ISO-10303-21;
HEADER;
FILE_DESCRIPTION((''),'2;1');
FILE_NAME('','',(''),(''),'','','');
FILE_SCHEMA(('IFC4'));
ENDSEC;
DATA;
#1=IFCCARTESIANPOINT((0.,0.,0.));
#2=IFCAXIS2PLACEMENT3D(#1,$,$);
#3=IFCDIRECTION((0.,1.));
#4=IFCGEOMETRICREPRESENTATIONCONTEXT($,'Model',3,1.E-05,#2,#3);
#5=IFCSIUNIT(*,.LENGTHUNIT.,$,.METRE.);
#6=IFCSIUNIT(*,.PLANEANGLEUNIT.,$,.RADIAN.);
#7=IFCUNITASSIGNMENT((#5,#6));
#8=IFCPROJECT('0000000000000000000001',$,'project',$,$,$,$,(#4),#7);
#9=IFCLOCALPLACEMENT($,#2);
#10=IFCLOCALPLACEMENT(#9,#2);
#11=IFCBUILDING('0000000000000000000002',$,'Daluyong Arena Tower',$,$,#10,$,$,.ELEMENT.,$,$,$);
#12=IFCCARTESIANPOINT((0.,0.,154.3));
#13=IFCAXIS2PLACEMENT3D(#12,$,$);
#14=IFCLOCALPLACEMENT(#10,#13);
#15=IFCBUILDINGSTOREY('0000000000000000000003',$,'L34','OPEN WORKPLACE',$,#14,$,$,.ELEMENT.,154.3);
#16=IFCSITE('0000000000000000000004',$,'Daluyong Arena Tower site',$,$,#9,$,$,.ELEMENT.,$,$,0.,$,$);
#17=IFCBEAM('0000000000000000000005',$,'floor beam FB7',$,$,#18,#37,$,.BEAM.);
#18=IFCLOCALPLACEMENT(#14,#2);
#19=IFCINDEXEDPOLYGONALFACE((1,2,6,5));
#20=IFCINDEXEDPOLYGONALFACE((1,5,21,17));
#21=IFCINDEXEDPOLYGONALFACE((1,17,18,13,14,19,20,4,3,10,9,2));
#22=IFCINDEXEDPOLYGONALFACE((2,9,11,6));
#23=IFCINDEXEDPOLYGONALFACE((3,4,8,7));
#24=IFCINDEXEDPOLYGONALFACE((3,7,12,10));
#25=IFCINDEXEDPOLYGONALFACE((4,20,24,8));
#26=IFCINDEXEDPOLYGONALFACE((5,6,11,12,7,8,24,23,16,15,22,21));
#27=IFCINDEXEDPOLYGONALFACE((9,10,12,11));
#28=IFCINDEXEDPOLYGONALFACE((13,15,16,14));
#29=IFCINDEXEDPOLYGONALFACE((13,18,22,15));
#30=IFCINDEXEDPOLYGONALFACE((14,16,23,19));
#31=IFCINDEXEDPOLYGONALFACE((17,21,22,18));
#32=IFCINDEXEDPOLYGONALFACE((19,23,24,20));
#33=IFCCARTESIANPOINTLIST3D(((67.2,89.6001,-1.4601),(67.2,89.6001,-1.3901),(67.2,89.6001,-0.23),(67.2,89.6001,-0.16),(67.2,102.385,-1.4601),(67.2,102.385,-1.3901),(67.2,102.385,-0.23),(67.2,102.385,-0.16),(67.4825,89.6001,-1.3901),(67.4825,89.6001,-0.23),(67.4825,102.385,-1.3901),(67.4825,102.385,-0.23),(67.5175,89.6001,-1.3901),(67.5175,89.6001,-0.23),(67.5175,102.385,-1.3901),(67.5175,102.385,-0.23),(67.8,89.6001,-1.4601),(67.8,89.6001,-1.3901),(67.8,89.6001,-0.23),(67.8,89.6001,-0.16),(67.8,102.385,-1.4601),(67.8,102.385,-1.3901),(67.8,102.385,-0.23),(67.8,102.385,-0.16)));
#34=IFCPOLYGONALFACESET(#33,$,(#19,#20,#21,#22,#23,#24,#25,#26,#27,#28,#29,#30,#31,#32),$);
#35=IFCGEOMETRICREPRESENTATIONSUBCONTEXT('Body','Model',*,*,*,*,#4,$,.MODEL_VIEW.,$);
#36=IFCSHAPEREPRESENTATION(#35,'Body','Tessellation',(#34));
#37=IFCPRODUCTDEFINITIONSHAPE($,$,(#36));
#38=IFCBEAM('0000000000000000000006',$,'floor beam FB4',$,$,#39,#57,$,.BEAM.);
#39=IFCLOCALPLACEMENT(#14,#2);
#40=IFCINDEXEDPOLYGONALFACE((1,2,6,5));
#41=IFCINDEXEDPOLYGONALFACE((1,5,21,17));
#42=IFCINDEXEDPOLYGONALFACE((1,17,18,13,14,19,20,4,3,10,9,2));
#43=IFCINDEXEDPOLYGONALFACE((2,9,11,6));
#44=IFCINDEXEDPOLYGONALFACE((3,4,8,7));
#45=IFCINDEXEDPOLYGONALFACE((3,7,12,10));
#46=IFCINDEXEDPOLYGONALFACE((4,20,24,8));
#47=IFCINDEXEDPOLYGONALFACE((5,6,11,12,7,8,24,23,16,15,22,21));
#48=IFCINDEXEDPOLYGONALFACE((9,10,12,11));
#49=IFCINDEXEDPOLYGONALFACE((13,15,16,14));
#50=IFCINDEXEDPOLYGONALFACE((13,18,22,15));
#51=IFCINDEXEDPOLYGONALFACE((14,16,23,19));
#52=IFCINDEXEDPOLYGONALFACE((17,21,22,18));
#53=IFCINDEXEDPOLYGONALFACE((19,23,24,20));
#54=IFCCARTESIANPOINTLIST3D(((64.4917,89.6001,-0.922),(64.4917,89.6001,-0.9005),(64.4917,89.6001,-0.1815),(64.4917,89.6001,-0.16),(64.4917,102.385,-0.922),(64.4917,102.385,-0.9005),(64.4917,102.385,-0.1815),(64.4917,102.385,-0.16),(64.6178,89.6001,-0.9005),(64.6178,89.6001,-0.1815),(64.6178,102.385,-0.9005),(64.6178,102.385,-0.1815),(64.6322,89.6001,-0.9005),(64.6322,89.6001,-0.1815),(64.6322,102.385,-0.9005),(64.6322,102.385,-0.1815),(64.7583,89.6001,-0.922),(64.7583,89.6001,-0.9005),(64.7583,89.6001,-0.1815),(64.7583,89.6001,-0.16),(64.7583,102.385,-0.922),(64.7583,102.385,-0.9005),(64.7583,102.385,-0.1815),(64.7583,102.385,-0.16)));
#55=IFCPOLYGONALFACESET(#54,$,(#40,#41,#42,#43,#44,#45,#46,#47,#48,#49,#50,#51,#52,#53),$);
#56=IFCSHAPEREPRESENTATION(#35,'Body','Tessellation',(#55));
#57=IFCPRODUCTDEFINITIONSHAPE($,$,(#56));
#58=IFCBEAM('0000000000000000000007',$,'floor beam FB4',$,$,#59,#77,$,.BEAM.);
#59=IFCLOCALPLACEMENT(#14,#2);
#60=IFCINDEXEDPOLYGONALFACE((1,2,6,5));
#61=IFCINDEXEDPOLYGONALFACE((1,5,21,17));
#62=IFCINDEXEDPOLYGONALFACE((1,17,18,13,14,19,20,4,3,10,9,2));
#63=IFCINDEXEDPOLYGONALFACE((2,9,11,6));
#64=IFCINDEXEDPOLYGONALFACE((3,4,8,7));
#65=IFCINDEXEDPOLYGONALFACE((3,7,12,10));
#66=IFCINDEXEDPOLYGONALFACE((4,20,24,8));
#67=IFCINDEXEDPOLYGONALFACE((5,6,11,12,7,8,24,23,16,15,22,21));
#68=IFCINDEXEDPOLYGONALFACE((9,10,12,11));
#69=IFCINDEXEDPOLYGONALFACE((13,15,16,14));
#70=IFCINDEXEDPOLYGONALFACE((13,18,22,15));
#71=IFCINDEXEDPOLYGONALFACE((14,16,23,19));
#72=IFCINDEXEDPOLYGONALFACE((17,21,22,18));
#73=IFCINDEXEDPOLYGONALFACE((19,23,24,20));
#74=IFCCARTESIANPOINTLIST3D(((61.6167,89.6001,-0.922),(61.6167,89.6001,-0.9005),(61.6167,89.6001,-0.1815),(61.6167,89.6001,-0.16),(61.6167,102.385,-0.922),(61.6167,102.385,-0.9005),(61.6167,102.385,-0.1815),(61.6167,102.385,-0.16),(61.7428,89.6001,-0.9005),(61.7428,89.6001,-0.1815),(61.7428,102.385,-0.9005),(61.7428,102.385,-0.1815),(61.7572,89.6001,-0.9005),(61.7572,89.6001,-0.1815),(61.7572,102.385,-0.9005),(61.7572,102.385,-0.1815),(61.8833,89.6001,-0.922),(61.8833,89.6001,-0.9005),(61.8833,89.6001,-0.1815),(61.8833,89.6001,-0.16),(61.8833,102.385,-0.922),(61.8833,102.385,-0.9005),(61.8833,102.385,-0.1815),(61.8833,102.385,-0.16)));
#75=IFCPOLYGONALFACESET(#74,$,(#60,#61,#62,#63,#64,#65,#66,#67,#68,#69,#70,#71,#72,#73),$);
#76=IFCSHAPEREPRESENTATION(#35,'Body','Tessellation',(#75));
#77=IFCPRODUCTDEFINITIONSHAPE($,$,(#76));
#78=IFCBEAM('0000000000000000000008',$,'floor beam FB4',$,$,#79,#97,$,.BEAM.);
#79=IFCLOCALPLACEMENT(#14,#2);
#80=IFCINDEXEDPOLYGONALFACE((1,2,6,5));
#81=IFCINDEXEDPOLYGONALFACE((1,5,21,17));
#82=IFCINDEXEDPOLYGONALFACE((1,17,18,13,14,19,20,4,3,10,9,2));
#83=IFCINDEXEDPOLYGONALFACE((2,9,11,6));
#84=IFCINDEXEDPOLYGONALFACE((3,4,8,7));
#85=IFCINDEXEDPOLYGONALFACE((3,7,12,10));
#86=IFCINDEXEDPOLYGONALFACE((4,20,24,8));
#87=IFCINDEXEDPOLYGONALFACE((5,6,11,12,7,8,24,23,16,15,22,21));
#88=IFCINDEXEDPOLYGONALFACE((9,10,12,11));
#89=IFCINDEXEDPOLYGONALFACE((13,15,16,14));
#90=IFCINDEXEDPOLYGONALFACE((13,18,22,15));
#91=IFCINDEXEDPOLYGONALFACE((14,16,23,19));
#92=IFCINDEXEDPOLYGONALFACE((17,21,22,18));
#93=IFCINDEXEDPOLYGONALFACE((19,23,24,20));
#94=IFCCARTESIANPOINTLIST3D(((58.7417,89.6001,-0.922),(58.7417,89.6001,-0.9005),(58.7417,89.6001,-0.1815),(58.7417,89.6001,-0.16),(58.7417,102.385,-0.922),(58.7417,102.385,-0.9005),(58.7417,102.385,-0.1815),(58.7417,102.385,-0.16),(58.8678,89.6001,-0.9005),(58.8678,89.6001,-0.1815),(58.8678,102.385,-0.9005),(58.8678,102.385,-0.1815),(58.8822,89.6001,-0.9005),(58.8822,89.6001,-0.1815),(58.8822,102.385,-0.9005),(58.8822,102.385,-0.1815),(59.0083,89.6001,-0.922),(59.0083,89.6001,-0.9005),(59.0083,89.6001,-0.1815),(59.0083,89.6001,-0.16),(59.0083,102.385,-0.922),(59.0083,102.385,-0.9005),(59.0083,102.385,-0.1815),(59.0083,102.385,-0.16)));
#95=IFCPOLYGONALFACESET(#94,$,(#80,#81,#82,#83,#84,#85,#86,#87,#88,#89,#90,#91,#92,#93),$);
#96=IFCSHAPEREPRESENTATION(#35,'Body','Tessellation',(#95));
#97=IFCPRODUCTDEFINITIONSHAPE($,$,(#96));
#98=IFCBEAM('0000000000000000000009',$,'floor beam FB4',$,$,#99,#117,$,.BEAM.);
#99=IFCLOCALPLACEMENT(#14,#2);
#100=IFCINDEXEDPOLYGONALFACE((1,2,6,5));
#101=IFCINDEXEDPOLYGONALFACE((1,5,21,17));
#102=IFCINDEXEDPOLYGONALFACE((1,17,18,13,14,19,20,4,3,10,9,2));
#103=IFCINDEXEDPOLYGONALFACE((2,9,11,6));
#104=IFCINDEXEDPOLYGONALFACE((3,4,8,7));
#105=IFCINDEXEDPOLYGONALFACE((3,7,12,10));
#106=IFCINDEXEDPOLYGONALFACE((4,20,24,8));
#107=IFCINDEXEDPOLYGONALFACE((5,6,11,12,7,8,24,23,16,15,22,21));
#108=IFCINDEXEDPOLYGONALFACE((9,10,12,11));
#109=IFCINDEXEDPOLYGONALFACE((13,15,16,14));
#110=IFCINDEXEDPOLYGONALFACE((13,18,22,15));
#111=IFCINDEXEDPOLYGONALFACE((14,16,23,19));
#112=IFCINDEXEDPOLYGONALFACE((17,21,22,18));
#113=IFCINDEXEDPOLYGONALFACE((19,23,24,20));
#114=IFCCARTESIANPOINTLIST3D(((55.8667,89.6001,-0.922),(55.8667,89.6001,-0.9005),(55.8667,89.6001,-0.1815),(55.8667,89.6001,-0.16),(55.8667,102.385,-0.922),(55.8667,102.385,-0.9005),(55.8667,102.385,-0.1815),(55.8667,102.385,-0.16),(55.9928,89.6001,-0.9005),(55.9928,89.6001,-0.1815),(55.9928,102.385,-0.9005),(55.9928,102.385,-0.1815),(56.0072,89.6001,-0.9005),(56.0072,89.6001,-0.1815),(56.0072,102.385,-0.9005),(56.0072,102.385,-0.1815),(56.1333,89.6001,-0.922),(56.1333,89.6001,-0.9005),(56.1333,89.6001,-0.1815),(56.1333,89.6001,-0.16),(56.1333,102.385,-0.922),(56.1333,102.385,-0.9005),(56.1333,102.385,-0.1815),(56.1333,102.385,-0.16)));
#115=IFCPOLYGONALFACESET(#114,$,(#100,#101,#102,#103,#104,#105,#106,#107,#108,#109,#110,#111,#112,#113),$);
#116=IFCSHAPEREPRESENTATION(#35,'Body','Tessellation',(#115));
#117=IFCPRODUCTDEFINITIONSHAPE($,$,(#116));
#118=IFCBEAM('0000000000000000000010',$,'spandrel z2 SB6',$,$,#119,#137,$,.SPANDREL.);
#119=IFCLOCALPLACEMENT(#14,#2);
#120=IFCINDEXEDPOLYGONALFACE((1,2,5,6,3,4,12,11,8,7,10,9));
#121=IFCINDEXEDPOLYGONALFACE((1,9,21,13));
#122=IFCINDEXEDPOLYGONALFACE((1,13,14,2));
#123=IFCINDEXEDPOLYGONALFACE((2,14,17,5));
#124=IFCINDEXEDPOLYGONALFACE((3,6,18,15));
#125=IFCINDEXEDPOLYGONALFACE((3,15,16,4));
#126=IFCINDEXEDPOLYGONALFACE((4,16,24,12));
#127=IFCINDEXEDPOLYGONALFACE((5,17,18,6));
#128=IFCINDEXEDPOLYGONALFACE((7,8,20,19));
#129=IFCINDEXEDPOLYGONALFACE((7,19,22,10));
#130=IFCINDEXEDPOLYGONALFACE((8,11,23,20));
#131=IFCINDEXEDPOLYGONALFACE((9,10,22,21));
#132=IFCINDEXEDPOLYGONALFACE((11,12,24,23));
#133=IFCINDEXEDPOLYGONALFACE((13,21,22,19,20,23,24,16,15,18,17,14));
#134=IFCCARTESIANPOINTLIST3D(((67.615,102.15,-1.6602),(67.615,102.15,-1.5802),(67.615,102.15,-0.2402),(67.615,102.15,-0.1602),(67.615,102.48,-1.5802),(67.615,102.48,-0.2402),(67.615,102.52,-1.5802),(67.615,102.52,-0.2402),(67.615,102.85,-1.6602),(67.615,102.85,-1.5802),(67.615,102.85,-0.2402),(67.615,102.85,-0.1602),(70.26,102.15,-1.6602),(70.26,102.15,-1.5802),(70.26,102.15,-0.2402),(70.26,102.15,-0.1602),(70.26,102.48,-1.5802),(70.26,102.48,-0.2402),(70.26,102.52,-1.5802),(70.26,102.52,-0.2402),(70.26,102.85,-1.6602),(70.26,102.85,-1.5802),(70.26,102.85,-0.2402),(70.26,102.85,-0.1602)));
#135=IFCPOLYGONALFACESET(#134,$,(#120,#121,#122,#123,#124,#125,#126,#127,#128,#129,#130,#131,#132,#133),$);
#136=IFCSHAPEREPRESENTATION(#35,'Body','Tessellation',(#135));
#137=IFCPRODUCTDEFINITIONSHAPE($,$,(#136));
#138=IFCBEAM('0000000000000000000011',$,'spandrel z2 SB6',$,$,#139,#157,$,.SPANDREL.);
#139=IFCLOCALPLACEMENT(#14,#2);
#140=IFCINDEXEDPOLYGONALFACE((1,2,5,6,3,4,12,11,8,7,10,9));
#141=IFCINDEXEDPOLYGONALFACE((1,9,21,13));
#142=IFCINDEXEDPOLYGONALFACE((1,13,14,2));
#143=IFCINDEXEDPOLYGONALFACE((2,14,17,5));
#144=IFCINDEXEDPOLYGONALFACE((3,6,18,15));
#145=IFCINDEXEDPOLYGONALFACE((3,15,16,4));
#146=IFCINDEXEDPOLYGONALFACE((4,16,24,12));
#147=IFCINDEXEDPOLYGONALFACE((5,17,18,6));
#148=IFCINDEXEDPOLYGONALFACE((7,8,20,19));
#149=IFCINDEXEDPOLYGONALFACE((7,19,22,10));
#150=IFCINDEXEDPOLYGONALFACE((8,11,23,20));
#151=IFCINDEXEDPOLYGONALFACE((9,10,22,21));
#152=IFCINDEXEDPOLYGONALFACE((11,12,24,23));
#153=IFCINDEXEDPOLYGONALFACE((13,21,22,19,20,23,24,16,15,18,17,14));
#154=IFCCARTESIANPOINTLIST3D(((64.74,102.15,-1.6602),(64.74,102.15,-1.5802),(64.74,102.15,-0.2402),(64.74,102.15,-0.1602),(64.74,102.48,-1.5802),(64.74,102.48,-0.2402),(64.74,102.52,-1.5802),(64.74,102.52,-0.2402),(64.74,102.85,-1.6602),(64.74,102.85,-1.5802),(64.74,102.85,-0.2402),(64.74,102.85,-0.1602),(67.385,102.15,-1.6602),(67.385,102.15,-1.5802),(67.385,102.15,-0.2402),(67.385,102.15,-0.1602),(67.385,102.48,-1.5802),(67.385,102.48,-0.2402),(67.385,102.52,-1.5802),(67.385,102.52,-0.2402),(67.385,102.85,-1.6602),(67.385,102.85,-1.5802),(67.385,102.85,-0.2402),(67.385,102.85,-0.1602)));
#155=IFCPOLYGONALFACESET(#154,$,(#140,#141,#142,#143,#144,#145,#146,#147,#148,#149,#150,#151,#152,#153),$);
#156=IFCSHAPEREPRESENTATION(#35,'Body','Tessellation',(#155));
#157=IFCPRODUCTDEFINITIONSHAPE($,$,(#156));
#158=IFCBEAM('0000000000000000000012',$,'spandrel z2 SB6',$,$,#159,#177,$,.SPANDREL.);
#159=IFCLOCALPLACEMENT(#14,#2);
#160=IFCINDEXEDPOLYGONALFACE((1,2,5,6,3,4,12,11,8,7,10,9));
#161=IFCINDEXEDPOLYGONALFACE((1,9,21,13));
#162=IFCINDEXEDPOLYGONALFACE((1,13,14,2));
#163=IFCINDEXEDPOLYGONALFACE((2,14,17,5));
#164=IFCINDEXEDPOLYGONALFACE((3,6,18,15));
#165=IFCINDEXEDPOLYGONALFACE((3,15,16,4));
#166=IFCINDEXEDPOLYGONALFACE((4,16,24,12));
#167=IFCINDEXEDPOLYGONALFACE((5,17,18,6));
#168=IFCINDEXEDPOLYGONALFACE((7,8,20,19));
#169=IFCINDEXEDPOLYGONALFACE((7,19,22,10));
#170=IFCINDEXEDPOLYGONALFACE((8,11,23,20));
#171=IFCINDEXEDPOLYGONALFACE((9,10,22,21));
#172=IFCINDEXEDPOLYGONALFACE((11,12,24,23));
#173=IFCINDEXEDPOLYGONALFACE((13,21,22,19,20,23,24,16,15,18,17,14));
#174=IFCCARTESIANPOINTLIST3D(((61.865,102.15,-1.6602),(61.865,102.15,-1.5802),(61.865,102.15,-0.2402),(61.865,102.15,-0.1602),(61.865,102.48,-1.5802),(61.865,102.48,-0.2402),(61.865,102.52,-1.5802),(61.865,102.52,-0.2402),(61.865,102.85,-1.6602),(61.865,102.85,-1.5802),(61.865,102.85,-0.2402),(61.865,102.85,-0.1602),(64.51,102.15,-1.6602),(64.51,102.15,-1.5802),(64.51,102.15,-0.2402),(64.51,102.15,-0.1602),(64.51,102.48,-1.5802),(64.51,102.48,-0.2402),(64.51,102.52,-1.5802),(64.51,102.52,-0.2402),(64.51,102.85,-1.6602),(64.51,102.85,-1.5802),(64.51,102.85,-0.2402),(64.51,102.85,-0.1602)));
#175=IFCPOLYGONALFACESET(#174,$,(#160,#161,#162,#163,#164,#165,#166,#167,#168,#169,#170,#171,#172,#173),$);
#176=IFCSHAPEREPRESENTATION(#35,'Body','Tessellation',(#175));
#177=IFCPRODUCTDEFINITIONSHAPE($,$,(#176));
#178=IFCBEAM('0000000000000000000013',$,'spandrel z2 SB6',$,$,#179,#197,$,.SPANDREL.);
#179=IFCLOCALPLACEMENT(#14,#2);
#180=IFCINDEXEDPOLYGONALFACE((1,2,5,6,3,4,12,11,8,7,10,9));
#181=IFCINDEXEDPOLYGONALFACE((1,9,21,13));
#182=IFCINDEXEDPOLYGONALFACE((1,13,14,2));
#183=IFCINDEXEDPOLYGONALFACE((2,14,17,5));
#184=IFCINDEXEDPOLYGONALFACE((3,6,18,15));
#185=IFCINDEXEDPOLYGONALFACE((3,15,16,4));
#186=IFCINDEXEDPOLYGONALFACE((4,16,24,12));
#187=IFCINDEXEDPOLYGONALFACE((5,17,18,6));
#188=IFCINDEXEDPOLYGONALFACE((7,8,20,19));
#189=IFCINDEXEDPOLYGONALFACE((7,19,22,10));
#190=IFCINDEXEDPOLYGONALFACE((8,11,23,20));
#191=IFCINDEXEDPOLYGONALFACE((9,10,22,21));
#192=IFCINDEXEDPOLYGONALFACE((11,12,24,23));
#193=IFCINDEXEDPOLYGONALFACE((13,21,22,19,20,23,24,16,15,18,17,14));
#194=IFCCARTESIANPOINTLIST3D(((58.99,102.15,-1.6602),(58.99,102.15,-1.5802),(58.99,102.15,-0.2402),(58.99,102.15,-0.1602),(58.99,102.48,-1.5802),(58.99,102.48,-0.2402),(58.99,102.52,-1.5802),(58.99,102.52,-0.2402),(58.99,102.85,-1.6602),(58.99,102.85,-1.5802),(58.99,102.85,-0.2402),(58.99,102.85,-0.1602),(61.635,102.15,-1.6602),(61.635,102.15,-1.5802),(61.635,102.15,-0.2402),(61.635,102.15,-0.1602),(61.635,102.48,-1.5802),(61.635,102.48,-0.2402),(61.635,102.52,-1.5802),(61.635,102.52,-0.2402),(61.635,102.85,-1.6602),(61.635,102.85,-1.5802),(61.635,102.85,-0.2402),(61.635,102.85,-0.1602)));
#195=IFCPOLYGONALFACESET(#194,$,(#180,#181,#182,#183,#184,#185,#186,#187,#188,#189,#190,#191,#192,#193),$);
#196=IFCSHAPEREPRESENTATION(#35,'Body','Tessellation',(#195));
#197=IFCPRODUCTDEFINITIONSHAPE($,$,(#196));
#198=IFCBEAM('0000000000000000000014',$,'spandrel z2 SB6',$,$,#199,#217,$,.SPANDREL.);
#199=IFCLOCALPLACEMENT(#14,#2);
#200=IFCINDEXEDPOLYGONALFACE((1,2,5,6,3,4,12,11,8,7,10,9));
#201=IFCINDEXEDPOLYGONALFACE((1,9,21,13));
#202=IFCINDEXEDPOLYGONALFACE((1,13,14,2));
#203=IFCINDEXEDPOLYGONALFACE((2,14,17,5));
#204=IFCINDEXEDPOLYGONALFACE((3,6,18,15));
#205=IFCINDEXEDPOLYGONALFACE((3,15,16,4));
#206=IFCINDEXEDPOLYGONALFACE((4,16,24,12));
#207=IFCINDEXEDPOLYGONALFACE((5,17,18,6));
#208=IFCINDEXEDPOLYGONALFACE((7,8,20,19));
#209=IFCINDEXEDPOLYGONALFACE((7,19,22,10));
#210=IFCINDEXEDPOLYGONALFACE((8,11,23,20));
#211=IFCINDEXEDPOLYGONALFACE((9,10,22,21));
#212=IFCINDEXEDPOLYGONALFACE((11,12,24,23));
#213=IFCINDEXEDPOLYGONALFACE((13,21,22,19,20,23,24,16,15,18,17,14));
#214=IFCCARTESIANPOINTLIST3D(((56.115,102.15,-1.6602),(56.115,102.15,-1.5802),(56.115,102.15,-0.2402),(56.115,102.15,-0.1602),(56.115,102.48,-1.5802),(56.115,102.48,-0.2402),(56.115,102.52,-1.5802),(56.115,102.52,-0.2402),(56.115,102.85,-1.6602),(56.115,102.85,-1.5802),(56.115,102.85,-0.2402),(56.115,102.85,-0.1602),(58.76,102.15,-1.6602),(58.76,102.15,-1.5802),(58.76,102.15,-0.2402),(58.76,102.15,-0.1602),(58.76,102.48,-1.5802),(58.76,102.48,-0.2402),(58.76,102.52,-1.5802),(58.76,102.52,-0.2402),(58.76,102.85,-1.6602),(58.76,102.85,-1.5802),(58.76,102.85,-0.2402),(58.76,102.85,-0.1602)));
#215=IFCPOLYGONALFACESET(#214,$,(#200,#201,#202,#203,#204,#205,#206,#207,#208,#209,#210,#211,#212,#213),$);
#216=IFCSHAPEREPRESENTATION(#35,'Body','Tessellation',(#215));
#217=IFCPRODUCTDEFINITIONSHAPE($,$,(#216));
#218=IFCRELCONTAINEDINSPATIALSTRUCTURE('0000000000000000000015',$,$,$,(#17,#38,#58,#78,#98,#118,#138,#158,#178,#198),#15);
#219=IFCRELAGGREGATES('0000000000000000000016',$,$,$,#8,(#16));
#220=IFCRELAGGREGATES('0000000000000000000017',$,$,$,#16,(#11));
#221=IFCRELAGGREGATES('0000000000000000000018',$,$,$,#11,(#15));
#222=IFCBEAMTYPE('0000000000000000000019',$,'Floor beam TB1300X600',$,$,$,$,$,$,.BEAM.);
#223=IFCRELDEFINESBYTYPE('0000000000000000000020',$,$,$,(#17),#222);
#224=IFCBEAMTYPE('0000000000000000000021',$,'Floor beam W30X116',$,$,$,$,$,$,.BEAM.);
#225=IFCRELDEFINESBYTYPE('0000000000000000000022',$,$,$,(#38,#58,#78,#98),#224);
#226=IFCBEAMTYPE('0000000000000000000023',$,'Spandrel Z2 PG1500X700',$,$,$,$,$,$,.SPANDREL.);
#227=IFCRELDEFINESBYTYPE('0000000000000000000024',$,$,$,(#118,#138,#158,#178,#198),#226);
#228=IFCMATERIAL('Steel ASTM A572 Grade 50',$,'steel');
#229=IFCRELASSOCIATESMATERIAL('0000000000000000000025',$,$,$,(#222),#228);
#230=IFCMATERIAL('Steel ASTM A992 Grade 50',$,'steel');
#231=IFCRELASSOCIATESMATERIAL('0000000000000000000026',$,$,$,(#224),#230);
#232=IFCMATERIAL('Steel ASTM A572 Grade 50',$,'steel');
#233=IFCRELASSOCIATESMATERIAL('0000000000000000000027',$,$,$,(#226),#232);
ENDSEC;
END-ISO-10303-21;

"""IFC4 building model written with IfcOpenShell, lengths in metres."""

from ifc_helpers import new_model, si_unit, direction, frame, origin, origin_2d, place, context, subcontext, project, spatial, i_section, extrude, material, material_profile, profile_set, type_object, element, save


model = new_model("IFC4")

# Units and contexts
model_context = context("Model", 3, precision=1e-05, world=origin(), true_north=direction((0.0, 1.0)))
body_context = subcontext(model_context, "Body", "Model", "MODEL_VIEW")
ifc_project = project(units=[si_unit("LENGTHUNIT", "METRE"), si_unit("PLANEANGLEUNIT", "RADIAN")], contexts=[model_context])

# Site, building, storey
site_placement = place(None, origin())
site = spatial("IfcSite", under=ifc_project, at=site_placement, Name="Daluyong Arena Tower site", CompositionType="ELEMENT", RefElevation=0.0)
building_placement = place(site_placement, origin())
building = spatial("IfcBuilding", under=site, at=building_placement, Name="Daluyong Arena Tower", CompositionType="ELEMENT")
storey_placement = place(building_placement, frame((0.0, 0.0, 154.3)))
storey = spatial("IfcBuildingStorey", under=building, at=storey_placement, Name="L34", Description="OPEN WORKPLACE", CompositionType="ELEMENT", Elevation=154.3)

# Beams
ifc_material_1 = material(Name="Steel ASTM A572 Grade 50", Category="steel")
ifc_material_profile_1 = material_profile(ifc_material_1, i_section(OverallWidth=0.6001, OverallDepth=1.3, WebThickness=0.035, FlangeThickness=0.07, at=origin_2d()))
ifc_profile_set_1 = profile_set([ifc_material_profile_1], Name="Steel ASTM A572 Grade 50")
beam_type_1 = type_object("IfcBeamType", Name="Floor beam TB1300X600", PredefinedType="BEAM", material=ifc_profile_set_1)
beam_placement = place(storey_placement, frame((67.5, 102.385, -0.8101), z_axis=(0.0, -1.0, 0.0), x_axis=(1.0, 0.0, 0.0)))
element("IfcBeam", 1, at=beam_placement, inside=storey, type_object=beam_type_1, Name="floor beam FB7", PredefinedType="BEAM", context=body_context, shape_type="SweptSolid", body=[
    extrude(i_section(OverallWidth=0.6001, OverallDepth=1.3, WebThickness=0.035, FlangeThickness=0.07, at=origin_2d()), origin(), (0.0, 0.0, 1.0), 12.7849),
])
ifc_material_2 = material(Name="Steel ASTM A992 Grade 50", Category="steel")
ifc_material_profile_2 = material_profile(ifc_material_2, i_section(OverallWidth=0.2666, OverallDepth=0.762, WebThickness=0.0144, FlangeThickness=0.0215, at=origin_2d()))
ifc_profile_set_2 = profile_set([ifc_material_profile_2], Name="Steel ASTM A992 Grade 50")
beam_type_2 = type_object("IfcBeamType", Name="Floor beam W30X116", PredefinedType="BEAM", material=ifc_profile_set_2)
for number, where, z_axis, x_axis, name in (
    (2, (64.625, 102.385, -0.541), (0.0, -1.0, 0.0), (1.0, 0.0, 0.0), "floor beam FB4"),
    (3, (61.75, 102.385, -0.541), (0.0, -1.0, 0.0), (1.0, 0.0, 0.0), "floor beam FB4"),
    (4, (58.875, 102.385, -0.541), (0.0, -1.0, 0.0), (1.0, 0.0, 0.0), "floor beam FB4"),
    (5, (56.0, 102.385, -0.541), (0.0, -1.0, 0.0), (1.0, 0.0, 0.0), "floor beam FB4"),
):
    element("IfcBeam", number, at=place(storey_placement, frame(where, z_axis=z_axis, x_axis=x_axis)), inside=storey, type_object=beam_type_2, Name=name, PredefinedType="BEAM", context=body_context, shape_type="SweptSolid", body=[
        extrude(i_section(OverallWidth=0.2666, OverallDepth=0.762, WebThickness=0.0144, FlangeThickness=0.0215, at=origin_2d()), origin(), (0.0, 0.0, 1.0), 12.7849),
    ])
ifc_material_3 = material(Name="Steel ASTM A572 Grade 50", Category="steel")
ifc_material_profile_3 = material_profile(ifc_material_3, i_section(OverallWidth=0.7, OverallDepth=1.5, WebThickness=0.04, FlangeThickness=0.08, at=origin_2d()))
ifc_profile_set_3 = profile_set([ifc_material_profile_3], Name="Steel ASTM A572 Grade 50")
beam_type_3 = type_object("IfcBeamType", Name="Spandrel Z2 PG1500X700", PredefinedType="SPANDREL", material=ifc_profile_set_3)
for number, where, z_axis, x_axis, name in (
    (6, (70.26, 102.5, -0.9102), (-1.0, 0.0, 0.0), (0.0, -1.0, 0.0), "spandrel z2 SB6"),
    (7, (67.385, 102.5, -0.9102), (-1.0, 0.0, 0.0), (0.0, -1.0, 0.0), "spandrel z2 SB6"),
    (8, (64.51, 102.5, -0.9102), (-1.0, 0.0, 0.0), (0.0, -1.0, 0.0), "spandrel z2 SB6"),
    (9, (61.635, 102.5, -0.9102), (-1.0, 0.0, 0.0), (0.0, -1.0, 0.0), "spandrel z2 SB6"),
    (10, (58.76, 102.5, -0.9102), (-1.0, 0.0, 0.0), (0.0, -1.0, 0.0), "spandrel z2 SB6"),
):
    element("IfcBeam", number, at=place(storey_placement, frame(where, z_axis=z_axis, x_axis=x_axis)), inside=storey, type_object=beam_type_3, Name=name, PredefinedType="SPANDREL", context=body_context, shape_type="SweptSolid", body=[
        extrude(i_section(OverallWidth=0.7, OverallDepth=1.5, WebThickness=0.04, FlangeThickness=0.08, at=origin_2d()), origin(), (0.0, 0.0, 1.0), 2.645),
    ])

save(model, "model.ifc")
